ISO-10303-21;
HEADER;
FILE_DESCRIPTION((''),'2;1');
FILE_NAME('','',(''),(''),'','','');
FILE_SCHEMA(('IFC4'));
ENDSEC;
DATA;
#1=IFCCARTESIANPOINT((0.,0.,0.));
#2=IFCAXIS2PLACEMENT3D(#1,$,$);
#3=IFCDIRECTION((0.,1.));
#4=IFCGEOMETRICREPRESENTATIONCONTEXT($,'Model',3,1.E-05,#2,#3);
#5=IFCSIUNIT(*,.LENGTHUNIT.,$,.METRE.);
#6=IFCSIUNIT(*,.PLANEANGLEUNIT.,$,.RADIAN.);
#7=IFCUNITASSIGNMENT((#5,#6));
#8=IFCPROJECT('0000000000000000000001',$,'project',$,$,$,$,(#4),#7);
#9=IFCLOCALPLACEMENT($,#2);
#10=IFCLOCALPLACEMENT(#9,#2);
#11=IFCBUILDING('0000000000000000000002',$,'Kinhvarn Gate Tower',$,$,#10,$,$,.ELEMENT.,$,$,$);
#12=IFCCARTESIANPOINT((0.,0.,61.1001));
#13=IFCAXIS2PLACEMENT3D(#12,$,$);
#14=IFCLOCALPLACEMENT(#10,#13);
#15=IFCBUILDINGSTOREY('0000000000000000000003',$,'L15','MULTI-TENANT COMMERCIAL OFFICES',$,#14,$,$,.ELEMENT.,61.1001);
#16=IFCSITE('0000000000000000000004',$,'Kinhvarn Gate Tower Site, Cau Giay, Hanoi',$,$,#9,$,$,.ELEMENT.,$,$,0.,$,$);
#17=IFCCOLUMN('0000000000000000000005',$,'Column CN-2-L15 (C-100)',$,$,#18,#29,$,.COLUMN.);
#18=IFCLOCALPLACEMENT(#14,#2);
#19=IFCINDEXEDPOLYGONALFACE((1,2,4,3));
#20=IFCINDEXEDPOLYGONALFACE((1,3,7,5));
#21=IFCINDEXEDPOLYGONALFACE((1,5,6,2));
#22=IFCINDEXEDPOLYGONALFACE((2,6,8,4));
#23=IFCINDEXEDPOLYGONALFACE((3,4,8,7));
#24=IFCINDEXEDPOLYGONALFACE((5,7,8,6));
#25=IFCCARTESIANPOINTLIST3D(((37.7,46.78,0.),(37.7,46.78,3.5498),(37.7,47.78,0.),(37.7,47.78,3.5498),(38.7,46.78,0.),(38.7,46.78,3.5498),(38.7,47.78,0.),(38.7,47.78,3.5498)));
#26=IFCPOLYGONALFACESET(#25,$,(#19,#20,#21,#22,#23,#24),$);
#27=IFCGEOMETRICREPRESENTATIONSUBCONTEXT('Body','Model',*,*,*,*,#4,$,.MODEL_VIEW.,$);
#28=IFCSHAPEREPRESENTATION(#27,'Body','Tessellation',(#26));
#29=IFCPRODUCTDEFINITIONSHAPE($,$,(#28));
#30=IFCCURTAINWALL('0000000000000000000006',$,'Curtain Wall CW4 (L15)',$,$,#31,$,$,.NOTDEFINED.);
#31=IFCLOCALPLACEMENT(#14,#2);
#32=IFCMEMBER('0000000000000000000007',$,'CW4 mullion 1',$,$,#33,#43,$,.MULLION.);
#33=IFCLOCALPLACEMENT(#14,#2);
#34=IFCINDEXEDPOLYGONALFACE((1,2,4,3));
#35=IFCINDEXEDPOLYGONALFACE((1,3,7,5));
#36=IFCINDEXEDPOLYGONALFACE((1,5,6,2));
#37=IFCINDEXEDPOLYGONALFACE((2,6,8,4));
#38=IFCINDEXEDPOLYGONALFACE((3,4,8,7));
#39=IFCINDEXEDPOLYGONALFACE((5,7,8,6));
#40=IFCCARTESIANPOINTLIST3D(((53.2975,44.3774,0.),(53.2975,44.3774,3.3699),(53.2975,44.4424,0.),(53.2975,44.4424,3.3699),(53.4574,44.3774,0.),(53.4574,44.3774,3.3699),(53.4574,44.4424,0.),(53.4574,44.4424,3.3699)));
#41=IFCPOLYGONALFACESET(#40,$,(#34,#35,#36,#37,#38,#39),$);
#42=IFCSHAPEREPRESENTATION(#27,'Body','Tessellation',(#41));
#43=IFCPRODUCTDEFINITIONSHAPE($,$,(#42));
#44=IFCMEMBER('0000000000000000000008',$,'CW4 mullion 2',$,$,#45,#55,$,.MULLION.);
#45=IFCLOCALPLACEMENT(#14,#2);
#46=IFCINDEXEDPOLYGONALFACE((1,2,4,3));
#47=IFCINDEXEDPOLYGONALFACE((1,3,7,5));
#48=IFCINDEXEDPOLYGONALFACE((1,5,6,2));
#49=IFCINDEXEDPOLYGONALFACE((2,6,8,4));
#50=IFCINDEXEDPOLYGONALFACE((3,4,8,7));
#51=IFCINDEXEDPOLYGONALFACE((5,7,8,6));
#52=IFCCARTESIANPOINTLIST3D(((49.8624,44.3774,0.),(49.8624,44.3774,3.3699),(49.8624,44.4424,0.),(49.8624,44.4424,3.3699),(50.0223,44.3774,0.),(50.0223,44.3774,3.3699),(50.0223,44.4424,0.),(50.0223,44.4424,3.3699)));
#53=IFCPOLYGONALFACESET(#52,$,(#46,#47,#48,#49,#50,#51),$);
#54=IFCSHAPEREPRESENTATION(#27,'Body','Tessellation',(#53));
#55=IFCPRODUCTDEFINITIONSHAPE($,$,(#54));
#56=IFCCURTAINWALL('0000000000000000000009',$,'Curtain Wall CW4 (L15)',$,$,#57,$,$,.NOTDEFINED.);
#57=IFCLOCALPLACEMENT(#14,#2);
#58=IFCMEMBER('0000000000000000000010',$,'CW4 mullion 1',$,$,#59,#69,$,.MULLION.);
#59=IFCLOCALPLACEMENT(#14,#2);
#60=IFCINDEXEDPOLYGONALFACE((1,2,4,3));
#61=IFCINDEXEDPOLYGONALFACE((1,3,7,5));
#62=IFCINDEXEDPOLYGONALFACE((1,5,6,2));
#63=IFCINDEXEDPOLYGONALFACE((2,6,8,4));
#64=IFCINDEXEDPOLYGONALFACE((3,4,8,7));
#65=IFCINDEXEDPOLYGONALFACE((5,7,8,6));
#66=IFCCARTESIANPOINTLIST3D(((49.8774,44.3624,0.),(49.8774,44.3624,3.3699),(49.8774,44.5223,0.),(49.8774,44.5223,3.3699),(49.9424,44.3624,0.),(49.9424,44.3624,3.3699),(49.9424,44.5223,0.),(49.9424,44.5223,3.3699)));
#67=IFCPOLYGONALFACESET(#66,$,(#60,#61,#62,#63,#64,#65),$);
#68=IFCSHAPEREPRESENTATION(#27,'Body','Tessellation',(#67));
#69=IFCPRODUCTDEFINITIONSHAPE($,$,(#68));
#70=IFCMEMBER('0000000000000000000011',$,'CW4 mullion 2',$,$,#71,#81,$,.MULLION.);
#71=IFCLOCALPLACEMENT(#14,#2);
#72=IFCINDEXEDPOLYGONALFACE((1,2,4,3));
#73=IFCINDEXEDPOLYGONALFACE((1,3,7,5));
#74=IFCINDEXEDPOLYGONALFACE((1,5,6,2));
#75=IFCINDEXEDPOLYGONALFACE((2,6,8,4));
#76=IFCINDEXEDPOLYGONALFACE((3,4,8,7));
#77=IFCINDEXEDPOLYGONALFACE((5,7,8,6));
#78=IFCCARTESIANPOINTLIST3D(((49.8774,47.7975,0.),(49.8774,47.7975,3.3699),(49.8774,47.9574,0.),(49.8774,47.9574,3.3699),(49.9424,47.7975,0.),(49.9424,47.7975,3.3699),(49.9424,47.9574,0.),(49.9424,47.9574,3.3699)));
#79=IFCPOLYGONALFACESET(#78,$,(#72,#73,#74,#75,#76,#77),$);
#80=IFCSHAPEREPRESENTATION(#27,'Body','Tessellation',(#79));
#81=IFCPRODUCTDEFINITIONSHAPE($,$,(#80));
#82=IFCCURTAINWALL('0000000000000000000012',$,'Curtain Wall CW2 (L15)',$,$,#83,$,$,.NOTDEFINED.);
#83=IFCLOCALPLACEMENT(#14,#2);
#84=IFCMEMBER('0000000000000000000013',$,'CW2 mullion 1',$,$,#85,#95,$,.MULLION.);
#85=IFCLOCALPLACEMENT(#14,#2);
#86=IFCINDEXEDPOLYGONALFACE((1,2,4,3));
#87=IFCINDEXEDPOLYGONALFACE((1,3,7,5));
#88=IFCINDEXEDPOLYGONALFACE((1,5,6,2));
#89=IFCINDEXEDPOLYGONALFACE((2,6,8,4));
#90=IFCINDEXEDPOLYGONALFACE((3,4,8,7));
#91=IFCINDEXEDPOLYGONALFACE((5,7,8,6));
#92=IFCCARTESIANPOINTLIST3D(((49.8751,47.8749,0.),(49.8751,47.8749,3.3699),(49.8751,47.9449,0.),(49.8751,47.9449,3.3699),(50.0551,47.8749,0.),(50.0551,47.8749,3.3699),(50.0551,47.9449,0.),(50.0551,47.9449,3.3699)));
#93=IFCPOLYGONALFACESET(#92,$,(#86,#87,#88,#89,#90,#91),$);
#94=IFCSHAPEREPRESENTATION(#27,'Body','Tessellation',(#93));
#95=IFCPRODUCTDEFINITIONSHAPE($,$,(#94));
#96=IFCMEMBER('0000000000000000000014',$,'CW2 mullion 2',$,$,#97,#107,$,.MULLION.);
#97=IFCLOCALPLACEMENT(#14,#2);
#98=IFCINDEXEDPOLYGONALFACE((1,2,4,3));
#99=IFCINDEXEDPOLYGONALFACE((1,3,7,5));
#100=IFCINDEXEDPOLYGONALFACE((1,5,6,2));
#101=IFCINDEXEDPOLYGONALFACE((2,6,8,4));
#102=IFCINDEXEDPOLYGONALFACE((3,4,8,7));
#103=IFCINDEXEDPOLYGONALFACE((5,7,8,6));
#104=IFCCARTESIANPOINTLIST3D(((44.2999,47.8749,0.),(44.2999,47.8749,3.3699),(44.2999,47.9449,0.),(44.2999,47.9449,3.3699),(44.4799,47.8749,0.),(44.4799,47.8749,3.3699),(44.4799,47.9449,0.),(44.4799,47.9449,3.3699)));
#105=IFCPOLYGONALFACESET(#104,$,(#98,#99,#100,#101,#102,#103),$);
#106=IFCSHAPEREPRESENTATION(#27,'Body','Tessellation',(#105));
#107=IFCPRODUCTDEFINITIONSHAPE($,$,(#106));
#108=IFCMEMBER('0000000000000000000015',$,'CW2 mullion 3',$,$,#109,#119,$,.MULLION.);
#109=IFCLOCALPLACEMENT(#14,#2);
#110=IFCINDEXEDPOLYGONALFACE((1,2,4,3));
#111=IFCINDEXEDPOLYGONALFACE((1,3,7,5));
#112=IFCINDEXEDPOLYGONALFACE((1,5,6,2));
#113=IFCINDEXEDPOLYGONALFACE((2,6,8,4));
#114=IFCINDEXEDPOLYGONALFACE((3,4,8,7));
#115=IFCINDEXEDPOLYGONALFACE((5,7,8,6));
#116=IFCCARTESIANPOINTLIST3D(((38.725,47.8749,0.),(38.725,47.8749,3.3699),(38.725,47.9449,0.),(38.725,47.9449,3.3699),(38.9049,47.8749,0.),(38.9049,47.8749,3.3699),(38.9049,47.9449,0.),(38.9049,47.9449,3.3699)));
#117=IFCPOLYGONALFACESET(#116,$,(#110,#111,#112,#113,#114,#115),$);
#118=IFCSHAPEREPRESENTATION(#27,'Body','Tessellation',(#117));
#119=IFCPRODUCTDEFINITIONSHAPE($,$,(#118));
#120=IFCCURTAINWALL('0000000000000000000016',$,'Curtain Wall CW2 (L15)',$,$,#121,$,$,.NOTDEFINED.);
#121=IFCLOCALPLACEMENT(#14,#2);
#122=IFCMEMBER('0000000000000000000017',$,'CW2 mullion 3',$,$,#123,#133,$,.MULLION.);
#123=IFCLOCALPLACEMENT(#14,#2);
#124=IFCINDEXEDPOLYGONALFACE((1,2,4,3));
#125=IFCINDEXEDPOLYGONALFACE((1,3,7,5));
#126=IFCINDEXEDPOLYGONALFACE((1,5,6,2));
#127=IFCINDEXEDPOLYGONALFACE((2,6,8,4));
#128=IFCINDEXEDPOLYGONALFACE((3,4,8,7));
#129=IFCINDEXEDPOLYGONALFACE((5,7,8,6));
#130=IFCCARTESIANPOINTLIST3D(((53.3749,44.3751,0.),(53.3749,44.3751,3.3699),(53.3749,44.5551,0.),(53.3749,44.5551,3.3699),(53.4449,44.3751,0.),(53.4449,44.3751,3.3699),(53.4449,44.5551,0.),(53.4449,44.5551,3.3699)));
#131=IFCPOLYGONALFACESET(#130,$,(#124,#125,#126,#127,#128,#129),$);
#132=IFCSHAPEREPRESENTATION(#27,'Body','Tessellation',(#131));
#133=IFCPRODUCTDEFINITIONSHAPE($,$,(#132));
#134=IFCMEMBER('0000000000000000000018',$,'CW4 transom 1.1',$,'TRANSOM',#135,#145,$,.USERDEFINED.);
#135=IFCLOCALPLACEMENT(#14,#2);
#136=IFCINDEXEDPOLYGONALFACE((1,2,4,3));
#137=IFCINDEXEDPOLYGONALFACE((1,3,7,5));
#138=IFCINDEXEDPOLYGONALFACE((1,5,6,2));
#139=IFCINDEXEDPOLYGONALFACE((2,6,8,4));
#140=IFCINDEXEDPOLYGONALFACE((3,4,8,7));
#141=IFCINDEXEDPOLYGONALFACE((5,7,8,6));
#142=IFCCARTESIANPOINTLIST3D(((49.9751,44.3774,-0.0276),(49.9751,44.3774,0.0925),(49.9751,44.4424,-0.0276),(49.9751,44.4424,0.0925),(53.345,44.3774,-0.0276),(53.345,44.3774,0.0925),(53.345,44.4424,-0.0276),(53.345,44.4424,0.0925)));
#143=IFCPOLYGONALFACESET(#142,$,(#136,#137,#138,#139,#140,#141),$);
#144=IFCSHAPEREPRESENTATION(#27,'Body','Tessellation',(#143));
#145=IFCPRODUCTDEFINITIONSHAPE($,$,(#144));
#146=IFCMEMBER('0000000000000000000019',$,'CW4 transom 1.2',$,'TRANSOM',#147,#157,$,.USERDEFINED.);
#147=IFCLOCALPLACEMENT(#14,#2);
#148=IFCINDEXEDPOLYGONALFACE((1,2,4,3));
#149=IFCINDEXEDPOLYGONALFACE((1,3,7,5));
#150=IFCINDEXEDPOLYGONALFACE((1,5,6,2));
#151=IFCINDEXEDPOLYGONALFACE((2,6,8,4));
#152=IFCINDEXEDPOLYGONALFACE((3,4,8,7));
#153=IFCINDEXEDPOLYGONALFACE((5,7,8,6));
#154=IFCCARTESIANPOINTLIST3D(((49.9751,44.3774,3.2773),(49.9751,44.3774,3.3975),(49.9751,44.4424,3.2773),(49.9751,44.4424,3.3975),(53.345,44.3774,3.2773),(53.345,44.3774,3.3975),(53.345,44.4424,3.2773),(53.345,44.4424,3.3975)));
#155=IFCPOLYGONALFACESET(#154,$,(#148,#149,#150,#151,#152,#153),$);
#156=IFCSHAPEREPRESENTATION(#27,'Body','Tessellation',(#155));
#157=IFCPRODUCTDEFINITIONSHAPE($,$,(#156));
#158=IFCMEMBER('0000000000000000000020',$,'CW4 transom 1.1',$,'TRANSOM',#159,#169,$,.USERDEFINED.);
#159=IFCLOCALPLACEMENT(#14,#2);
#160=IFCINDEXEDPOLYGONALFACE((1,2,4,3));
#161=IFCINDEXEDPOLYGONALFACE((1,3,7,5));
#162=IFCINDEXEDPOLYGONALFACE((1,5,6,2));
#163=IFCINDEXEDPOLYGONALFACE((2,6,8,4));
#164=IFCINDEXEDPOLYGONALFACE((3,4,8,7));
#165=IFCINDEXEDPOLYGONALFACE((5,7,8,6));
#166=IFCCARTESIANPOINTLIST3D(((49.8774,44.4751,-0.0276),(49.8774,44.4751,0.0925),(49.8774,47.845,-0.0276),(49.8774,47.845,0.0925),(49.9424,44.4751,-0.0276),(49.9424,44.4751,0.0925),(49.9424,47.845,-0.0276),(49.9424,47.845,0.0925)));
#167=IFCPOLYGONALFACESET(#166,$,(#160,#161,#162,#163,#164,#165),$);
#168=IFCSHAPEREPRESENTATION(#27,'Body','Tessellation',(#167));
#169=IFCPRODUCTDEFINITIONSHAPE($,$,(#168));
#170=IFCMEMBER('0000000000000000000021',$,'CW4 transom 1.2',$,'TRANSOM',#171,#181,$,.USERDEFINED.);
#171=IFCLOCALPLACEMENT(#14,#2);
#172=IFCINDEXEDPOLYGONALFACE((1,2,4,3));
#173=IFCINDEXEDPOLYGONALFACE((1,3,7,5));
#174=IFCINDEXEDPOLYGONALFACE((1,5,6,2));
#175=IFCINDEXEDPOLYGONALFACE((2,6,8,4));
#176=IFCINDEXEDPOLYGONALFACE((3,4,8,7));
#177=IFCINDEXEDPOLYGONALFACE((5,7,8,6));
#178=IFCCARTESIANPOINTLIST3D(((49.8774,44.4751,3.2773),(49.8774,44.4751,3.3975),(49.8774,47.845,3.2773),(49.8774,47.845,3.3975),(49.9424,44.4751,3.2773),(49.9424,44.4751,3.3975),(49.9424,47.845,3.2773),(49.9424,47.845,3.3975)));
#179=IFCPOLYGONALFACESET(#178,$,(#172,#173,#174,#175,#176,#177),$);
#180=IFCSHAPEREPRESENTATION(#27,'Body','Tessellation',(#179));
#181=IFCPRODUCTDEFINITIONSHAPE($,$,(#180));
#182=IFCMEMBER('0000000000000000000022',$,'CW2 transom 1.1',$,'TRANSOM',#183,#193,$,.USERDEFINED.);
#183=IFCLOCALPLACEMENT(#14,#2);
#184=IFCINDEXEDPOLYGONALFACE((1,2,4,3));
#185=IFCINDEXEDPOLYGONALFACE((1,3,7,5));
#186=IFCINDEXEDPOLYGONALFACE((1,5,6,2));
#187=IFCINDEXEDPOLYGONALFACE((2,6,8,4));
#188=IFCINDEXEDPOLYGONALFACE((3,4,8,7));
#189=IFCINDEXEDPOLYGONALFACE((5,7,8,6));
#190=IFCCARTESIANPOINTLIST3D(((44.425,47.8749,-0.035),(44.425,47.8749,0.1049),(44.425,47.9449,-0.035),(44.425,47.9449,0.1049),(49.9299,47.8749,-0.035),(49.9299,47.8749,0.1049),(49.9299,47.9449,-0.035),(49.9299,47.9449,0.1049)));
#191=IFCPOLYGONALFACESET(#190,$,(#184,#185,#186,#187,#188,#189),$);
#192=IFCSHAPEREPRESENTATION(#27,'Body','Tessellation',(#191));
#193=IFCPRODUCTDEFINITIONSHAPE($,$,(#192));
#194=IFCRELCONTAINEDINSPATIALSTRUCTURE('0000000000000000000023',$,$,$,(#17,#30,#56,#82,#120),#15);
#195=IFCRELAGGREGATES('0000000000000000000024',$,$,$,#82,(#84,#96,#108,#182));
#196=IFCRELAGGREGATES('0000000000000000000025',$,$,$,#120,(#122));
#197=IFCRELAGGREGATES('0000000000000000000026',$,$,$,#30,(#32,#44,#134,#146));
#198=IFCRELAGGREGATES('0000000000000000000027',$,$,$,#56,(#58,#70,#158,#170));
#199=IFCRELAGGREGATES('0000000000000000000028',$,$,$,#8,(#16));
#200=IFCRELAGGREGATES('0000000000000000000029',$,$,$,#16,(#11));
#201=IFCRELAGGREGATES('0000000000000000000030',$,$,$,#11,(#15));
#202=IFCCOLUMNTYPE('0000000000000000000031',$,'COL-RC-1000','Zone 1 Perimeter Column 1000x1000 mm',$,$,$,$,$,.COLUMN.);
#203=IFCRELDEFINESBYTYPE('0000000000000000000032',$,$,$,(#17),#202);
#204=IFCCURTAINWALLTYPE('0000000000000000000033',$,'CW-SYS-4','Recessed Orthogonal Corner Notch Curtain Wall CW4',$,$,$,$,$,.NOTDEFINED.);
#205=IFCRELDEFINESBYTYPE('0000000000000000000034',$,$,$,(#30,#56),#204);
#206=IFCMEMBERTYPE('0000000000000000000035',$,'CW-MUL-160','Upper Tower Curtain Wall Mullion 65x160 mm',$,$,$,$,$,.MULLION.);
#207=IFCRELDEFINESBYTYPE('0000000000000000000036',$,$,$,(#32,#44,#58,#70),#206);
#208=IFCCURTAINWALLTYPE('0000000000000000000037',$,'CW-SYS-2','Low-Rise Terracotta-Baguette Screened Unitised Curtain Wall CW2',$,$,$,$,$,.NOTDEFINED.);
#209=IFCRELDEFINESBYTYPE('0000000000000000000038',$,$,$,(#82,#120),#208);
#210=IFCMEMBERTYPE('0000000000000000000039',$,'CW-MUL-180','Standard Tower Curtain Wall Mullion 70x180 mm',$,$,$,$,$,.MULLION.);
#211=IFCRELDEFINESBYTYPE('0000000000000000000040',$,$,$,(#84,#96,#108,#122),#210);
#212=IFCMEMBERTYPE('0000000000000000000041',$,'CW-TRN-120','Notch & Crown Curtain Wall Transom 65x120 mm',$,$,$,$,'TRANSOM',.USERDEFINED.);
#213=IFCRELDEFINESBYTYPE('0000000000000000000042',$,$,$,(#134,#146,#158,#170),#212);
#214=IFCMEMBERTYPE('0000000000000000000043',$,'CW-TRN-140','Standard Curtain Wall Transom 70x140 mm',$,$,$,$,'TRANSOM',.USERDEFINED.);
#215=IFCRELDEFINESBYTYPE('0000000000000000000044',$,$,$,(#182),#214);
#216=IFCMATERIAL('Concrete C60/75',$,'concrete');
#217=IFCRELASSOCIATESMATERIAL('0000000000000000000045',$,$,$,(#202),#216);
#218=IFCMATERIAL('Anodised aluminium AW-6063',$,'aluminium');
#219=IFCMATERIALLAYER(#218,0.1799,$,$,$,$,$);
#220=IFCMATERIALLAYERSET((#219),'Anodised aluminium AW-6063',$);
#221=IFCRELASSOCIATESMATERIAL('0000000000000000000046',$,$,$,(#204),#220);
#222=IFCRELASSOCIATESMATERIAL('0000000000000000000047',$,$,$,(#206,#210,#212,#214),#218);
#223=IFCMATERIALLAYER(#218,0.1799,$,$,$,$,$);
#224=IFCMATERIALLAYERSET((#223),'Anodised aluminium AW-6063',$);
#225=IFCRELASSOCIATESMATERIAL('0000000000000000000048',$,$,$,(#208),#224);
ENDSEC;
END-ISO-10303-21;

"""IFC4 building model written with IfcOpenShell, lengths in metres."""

from ifc_helpers import new_model, si_unit, direction, frame, origin, origin_2d, place, context, subcontext, project, spatial, rectangle, extrude, material, layer, layer_set, material_profile, profile_set, type_object, element, aggregate, save


model = new_model("IFC4")

# Units and contexts
model_context = context("Model", 3, precision=1e-05, world=origin(), true_north=direction((0.0, 1.0)))
body_context = subcontext(model_context, "Body", "Model", "MODEL_VIEW")
ifc_project = project(units=[si_unit("LENGTHUNIT", "METRE"), si_unit("PLANEANGLEUNIT", "RADIAN")], contexts=[model_context])

# Site, building, storey
site_placement = place(None, origin())
site = spatial("IfcSite", under=ifc_project, at=site_placement, Name="Kinhvarn Gate Tower Site, Cau Giay, Hanoi", CompositionType="ELEMENT", RefElevation=0.0)
building_placement = place(site_placement, origin())
building = spatial("IfcBuilding", under=site, at=building_placement, Name="Kinhvarn Gate Tower", CompositionType="ELEMENT")
storey_placement = place(building_placement, frame((0.0, 0.0, 61.1001)))
storey = spatial("IfcBuildingStorey", under=building, at=storey_placement, Name="L15", Description="MULTI-TENANT COMMERCIAL OFFICES", CompositionType="ELEMENT", Elevation=61.1001)

# Column
ifc_material_1 = material(Name="Concrete C60/75", Category="concrete")
ifc_material_profile_1 = material_profile(ifc_material_1, rectangle(XDim=1.0, YDim=1.0, at=origin_2d()), Name="RC 1000x1000")
ifc_profile_set_1 = profile_set([ifc_material_profile_1], Name="Concrete C60/75")
column_type = type_object("IfcColumnType", Name="COL-RC-1000", Description="Zone 1 Perimeter Column 1000x1000 mm", PredefinedType="COLUMN", material=ifc_profile_set_1)
column_placement = place(storey_placement, frame((38.2, 47.28, 0.0), z_axis=(0.0, 0.0, 1.0), x_axis=(1.0, 0.0, 0.0)))
element("IfcColumn", 1, at=column_placement, inside=storey, type_object=column_type, Name="Column CN-2-L15 (C-100)", PredefinedType="COLUMN", context=body_context, shape_type="SweptSolid", body=[
    extrude(rectangle(XDim=1.0, YDim=1.0, at=origin_2d()), origin(), (0.0, 0.0, 1.0), 3.5498),
])

# Curtain walls, members
ifc_material_2 = material(Name="Anodised aluminium AW-6063", Category="aluminium")
ifc_layer_1 = layer(ifc_material_2, 0.1799)
ifc_layer_set_1 = layer_set([ifc_layer_1], Name="Anodised aluminium AW-6063")
curtain_wall_type_1 = type_object("IfcCurtainWallType", Name="CW-SYS-4", Description="Recessed Orthogonal Corner Notch Curtain Wall CW4", PredefinedType="NOTDEFINED", material=ifc_layer_set_1)
curtain_wall_1_placement = place(storey_placement, origin())
curtain_wall_1 = element("IfcCurtainWall", 2, at=curtain_wall_1_placement, inside=storey, type_object=curtain_wall_type_1, Name="Curtain Wall CW4 (L15)", PredefinedType="NOTDEFINED")
ifc_material_profile_2 = material_profile(ifc_material_2, rectangle(XDim=0.0649, YDim=0.1599, at=origin_2d()), Name="ALU 65x160")
ifc_profile_set_2 = profile_set([ifc_material_profile_2], Name="Anodised aluminium AW-6063")
member_type_1 = type_object("IfcMemberType", Name="CW-MUL-160", Description="Upper Tower Curtain Wall Mullion 65x160 mm", PredefinedType="MULLION", material=ifc_profile_set_2)
member_1_placement = place(storey_placement, frame((53.3774, 44.4099, 0.0), z_axis=(0.0, 0.0, 1.0), x_axis=(0.0, -1.0, 0.0)))
member_1 = element("IfcMember", 3, at=member_1_placement, type_object=member_type_1, Name="CW4 mullion 1", PredefinedType="MULLION", context=body_context, shape_type="SweptSolid", body=[
    extrude(rectangle(XDim=0.0649, YDim=0.1599, at=origin_2d()), origin(), (0.0, 0.0, 1.0), 3.3699),
])
member_2_placement = place(storey_placement, frame((49.9424, 44.4099, 0.0), z_axis=(0.0, 0.0, 1.0), x_axis=(0.0, -1.0, 0.0)))
member_2 = element("IfcMember", 4, at=member_2_placement, type_object=member_type_1, Name="CW4 mullion 2", PredefinedType="MULLION", context=body_context, shape_type="SweptSolid", body=[
    extrude(rectangle(XDim=0.0649, YDim=0.1599, at=origin_2d()), origin(), (0.0, 0.0, 1.0), 3.3699),
])
curtain_wall_2_placement = place(storey_placement, origin())
curtain_wall_2 = element("IfcCurtainWall", 5, at=curtain_wall_2_placement, inside=storey, type_object=curtain_wall_type_1, Name="Curtain Wall CW4 (L15)", PredefinedType="NOTDEFINED")
member_3_placement = place(storey_placement, frame((49.9099, 44.4424, 0.0), z_axis=(0.0, 0.0, 1.0), x_axis=(-1.0, 0.0, 0.0)))
member_3 = element("IfcMember", 6, at=member_3_placement, type_object=member_type_1, Name="CW4 mullion 1", PredefinedType="MULLION", context=body_context, shape_type="SweptSolid", body=[
    extrude(rectangle(XDim=0.0649, YDim=0.1599, at=origin_2d()), origin(), (0.0, 0.0, 1.0), 3.3699),
])
member_4_placement = place(storey_placement, frame((49.9099, 47.8774, 0.0), z_axis=(0.0, 0.0, 1.0), x_axis=(-1.0, 0.0, 0.0)))
member_4 = element("IfcMember", 7, at=member_4_placement, type_object=member_type_1, Name="CW4 mullion 2", PredefinedType="MULLION", context=body_context, shape_type="SweptSolid", body=[
    extrude(rectangle(XDim=0.0649, YDim=0.1599, at=origin_2d()), origin(), (0.0, 0.0, 1.0), 3.3699),
])
ifc_layer_2 = layer(ifc_material_2, 0.1799)
ifc_layer_set_2 = layer_set([ifc_layer_2], Name="Anodised aluminium AW-6063")
curtain_wall_type_2 = type_object("IfcCurtainWallType", Name="CW-SYS-2", Description="Low-Rise Terracotta-Baguette Screened Unitised Curtain Wall CW2", PredefinedType="NOTDEFINED", material=ifc_layer_set_2)
curtain_wall_3_placement = place(storey_placement, origin())
curtain_wall_3 = element("IfcCurtainWall", 8, at=curtain_wall_3_placement, inside=storey, type_object=curtain_wall_type_2, Name="Curtain Wall CW2 (L15)", PredefinedType="NOTDEFINED")
ifc_material_profile_3 = material_profile(ifc_material_2, rectangle(XDim=0.0701, YDim=0.1799, at=origin_2d()), Name="ALU 70x180")
ifc_profile_set_3 = profile_set([ifc_material_profile_3], Name="Anodised aluminium AW-6063")
member_type_2 = type_object("IfcMemberType", Name="CW-MUL-180", Description="Standard Tower Curtain Wall Mullion 70x180 mm", PredefinedType="MULLION", material=ifc_profile_set_3)
member_5_placement = place(storey_placement, frame((49.9651, 47.9099, 0.0), z_axis=(0.0, 0.0, 1.0), x_axis=(0.0, -1.0, 0.0)))
member_5 = element("IfcMember", 9, at=member_5_placement, type_object=member_type_2, Name="CW2 mullion 1", PredefinedType="MULLION", context=body_context, shape_type="SweptSolid", body=[
    extrude(rectangle(XDim=0.0701, YDim=0.1799, at=origin_2d()), origin(), (0.0, 0.0, 1.0), 3.3699),
])
member_6_placement = place(storey_placement, frame((44.3899, 47.9099, 0.0), z_axis=(0.0, 0.0, 1.0), x_axis=(0.0, -1.0, 0.0)))
member_6 = element("IfcMember", 10, at=member_6_placement, type_object=member_type_2, Name="CW2 mullion 2", PredefinedType="MULLION", context=body_context, shape_type="SweptSolid", body=[
    extrude(rectangle(XDim=0.0701, YDim=0.1799, at=origin_2d()), origin(), (0.0, 0.0, 1.0), 3.3699),
])
member_7_placement = place(storey_placement, frame((38.8149, 47.9099, 0.0), z_axis=(0.0, 0.0, 1.0), x_axis=(0.0, -1.0, 0.0)))
member_7 = element("IfcMember", 11, at=member_7_placement, type_object=member_type_2, Name="CW2 mullion 3", PredefinedType="MULLION", context=body_context, shape_type="SweptSolid", body=[
    extrude(rectangle(XDim=0.0701, YDim=0.1799, at=origin_2d()), origin(), (0.0, 0.0, 1.0), 3.3699),
])

# Curtain wall, member
curtain_wall_4_placement = place(storey_placement, origin())
curtain_wall_4 = element("IfcCurtainWall", 12, at=curtain_wall_4_placement, inside=storey, type_object=curtain_wall_type_2, Name="Curtain Wall CW2 (L15)", PredefinedType="NOTDEFINED")
member_8_placement = place(storey_placement, frame((53.4099, 44.4651, 0.0), z_axis=(0.0, 0.0, 1.0), x_axis=(-1.0, 0.0, 0.0)))
member_8 = element("IfcMember", 13, at=member_8_placement, type_object=member_type_2, Name="CW2 mullion 3", PredefinedType="MULLION", context=body_context, shape_type="SweptSolid", body=[
    extrude(rectangle(XDim=0.0701, YDim=0.1799, at=origin_2d()), origin(), (0.0, 0.0, 1.0), 3.3699),
])

# Members
ifc_material_profile_4 = material_profile(ifc_material_2, rectangle(XDim=0.0649, YDim=0.1201, at=origin_2d()), Name="ALU 65x120")
ifc_profile_set_4 = profile_set([ifc_material_profile_4], Name="Anodised aluminium AW-6063")
member_type_3 = type_object("IfcMemberType", Name="CW-TRN-120", Description="Notch & Crown Curtain Wall Transom 65x120 mm", ElementType="TRANSOM", PredefinedType="USERDEFINED", material=ifc_profile_set_4)
member_9_placement = place(storey_placement, frame((53.345, 44.4099, 0.0325), z_axis=(-1.0, 0.0, 0.0), x_axis=(0.0, -1.0, 0.0)))
member_9 = element("IfcMember", 14, at=member_9_placement, type_object=member_type_3, Name="CW4 transom 1.1", ObjectType="TRANSOM", PredefinedType="USERDEFINED", context=body_context, shape_type="SweptSolid", body=[
    extrude(rectangle(XDim=0.0649, YDim=0.1201, at=origin_2d()), origin(), (0.0, 0.0, 1.0), 3.3699),
])
member_10_placement = place(storey_placement, frame((53.345, 44.4099, 3.3374), z_axis=(-1.0, 0.0, 0.0), x_axis=(0.0, -1.0, 0.0)))
member_10 = element("IfcMember", 15, at=member_10_placement, type_object=member_type_3, Name="CW4 transom 1.2", ObjectType="TRANSOM", PredefinedType="USERDEFINED", context=body_context, shape_type="SweptSolid", body=[
    extrude(rectangle(XDim=0.0649, YDim=0.1201, at=origin_2d()), origin(), (0.0, 0.0, 1.0), 3.3699),
])
member_11_placement = place(storey_placement, frame((49.9099, 44.4751, 0.0325), z_axis=(0.0, 1.0, 0.0), x_axis=(-1.0, 0.0, 0.0)))
member_11 = element("IfcMember", 16, at=member_11_placement, type_object=member_type_3, Name="CW4 transom 1.1", ObjectType="TRANSOM", PredefinedType="USERDEFINED", context=body_context, shape_type="SweptSolid", body=[
    extrude(rectangle(XDim=0.0649, YDim=0.1201, at=origin_2d()), origin(), (0.0, 0.0, 1.0), 3.3699),
])
member_12_placement = place(storey_placement, frame((49.9099, 44.4751, 3.3374), z_axis=(0.0, 1.0, 0.0), x_axis=(-1.0, 0.0, 0.0)))
member_12 = element("IfcMember", 17, at=member_12_placement, type_object=member_type_3, Name="CW4 transom 1.2", ObjectType="TRANSOM", PredefinedType="USERDEFINED", context=body_context, shape_type="SweptSolid", body=[
    extrude(rectangle(XDim=0.0649, YDim=0.1201, at=origin_2d()), origin(), (0.0, 0.0, 1.0), 3.3699),
])
ifc_material_profile_5 = material_profile(ifc_material_2, rectangle(XDim=0.0701, YDim=0.1399, at=origin_2d()), Name="ALU 70x140")
ifc_profile_set_5 = profile_set([ifc_material_profile_5], Name="Anodised aluminium AW-6063")
member_type_4 = type_object("IfcMemberType", Name="CW-TRN-140", Description="Standard Curtain Wall Transom 70x140 mm", ElementType="TRANSOM", PredefinedType="USERDEFINED", material=ifc_profile_set_5)
member_13_placement = place(storey_placement, frame((49.9299, 47.9099, 0.0349), z_axis=(-1.0, 0.0, 0.0), x_axis=(0.0, -1.0, 0.0)))
member_13 = element("IfcMember", 18, at=member_13_placement, type_object=member_type_4, Name="CW2 transom 1.1", ObjectType="TRANSOM", PredefinedType="USERDEFINED", context=body_context, shape_type="SweptSolid", body=[
    extrude(rectangle(XDim=0.0701, YDim=0.1399, at=origin_2d()), origin(), (0.0, 0.0, 1.0), 5.5049),
])

aggregate(curtain_wall_3, [member_5, member_6, member_7, member_13])
aggregate(curtain_wall_4, [member_8])
aggregate(curtain_wall_1, [member_1, member_2, member_9, member_10])
aggregate(curtain_wall_2, [member_3, member_4, member_11, member_12])

save(model, "model.ifc")
